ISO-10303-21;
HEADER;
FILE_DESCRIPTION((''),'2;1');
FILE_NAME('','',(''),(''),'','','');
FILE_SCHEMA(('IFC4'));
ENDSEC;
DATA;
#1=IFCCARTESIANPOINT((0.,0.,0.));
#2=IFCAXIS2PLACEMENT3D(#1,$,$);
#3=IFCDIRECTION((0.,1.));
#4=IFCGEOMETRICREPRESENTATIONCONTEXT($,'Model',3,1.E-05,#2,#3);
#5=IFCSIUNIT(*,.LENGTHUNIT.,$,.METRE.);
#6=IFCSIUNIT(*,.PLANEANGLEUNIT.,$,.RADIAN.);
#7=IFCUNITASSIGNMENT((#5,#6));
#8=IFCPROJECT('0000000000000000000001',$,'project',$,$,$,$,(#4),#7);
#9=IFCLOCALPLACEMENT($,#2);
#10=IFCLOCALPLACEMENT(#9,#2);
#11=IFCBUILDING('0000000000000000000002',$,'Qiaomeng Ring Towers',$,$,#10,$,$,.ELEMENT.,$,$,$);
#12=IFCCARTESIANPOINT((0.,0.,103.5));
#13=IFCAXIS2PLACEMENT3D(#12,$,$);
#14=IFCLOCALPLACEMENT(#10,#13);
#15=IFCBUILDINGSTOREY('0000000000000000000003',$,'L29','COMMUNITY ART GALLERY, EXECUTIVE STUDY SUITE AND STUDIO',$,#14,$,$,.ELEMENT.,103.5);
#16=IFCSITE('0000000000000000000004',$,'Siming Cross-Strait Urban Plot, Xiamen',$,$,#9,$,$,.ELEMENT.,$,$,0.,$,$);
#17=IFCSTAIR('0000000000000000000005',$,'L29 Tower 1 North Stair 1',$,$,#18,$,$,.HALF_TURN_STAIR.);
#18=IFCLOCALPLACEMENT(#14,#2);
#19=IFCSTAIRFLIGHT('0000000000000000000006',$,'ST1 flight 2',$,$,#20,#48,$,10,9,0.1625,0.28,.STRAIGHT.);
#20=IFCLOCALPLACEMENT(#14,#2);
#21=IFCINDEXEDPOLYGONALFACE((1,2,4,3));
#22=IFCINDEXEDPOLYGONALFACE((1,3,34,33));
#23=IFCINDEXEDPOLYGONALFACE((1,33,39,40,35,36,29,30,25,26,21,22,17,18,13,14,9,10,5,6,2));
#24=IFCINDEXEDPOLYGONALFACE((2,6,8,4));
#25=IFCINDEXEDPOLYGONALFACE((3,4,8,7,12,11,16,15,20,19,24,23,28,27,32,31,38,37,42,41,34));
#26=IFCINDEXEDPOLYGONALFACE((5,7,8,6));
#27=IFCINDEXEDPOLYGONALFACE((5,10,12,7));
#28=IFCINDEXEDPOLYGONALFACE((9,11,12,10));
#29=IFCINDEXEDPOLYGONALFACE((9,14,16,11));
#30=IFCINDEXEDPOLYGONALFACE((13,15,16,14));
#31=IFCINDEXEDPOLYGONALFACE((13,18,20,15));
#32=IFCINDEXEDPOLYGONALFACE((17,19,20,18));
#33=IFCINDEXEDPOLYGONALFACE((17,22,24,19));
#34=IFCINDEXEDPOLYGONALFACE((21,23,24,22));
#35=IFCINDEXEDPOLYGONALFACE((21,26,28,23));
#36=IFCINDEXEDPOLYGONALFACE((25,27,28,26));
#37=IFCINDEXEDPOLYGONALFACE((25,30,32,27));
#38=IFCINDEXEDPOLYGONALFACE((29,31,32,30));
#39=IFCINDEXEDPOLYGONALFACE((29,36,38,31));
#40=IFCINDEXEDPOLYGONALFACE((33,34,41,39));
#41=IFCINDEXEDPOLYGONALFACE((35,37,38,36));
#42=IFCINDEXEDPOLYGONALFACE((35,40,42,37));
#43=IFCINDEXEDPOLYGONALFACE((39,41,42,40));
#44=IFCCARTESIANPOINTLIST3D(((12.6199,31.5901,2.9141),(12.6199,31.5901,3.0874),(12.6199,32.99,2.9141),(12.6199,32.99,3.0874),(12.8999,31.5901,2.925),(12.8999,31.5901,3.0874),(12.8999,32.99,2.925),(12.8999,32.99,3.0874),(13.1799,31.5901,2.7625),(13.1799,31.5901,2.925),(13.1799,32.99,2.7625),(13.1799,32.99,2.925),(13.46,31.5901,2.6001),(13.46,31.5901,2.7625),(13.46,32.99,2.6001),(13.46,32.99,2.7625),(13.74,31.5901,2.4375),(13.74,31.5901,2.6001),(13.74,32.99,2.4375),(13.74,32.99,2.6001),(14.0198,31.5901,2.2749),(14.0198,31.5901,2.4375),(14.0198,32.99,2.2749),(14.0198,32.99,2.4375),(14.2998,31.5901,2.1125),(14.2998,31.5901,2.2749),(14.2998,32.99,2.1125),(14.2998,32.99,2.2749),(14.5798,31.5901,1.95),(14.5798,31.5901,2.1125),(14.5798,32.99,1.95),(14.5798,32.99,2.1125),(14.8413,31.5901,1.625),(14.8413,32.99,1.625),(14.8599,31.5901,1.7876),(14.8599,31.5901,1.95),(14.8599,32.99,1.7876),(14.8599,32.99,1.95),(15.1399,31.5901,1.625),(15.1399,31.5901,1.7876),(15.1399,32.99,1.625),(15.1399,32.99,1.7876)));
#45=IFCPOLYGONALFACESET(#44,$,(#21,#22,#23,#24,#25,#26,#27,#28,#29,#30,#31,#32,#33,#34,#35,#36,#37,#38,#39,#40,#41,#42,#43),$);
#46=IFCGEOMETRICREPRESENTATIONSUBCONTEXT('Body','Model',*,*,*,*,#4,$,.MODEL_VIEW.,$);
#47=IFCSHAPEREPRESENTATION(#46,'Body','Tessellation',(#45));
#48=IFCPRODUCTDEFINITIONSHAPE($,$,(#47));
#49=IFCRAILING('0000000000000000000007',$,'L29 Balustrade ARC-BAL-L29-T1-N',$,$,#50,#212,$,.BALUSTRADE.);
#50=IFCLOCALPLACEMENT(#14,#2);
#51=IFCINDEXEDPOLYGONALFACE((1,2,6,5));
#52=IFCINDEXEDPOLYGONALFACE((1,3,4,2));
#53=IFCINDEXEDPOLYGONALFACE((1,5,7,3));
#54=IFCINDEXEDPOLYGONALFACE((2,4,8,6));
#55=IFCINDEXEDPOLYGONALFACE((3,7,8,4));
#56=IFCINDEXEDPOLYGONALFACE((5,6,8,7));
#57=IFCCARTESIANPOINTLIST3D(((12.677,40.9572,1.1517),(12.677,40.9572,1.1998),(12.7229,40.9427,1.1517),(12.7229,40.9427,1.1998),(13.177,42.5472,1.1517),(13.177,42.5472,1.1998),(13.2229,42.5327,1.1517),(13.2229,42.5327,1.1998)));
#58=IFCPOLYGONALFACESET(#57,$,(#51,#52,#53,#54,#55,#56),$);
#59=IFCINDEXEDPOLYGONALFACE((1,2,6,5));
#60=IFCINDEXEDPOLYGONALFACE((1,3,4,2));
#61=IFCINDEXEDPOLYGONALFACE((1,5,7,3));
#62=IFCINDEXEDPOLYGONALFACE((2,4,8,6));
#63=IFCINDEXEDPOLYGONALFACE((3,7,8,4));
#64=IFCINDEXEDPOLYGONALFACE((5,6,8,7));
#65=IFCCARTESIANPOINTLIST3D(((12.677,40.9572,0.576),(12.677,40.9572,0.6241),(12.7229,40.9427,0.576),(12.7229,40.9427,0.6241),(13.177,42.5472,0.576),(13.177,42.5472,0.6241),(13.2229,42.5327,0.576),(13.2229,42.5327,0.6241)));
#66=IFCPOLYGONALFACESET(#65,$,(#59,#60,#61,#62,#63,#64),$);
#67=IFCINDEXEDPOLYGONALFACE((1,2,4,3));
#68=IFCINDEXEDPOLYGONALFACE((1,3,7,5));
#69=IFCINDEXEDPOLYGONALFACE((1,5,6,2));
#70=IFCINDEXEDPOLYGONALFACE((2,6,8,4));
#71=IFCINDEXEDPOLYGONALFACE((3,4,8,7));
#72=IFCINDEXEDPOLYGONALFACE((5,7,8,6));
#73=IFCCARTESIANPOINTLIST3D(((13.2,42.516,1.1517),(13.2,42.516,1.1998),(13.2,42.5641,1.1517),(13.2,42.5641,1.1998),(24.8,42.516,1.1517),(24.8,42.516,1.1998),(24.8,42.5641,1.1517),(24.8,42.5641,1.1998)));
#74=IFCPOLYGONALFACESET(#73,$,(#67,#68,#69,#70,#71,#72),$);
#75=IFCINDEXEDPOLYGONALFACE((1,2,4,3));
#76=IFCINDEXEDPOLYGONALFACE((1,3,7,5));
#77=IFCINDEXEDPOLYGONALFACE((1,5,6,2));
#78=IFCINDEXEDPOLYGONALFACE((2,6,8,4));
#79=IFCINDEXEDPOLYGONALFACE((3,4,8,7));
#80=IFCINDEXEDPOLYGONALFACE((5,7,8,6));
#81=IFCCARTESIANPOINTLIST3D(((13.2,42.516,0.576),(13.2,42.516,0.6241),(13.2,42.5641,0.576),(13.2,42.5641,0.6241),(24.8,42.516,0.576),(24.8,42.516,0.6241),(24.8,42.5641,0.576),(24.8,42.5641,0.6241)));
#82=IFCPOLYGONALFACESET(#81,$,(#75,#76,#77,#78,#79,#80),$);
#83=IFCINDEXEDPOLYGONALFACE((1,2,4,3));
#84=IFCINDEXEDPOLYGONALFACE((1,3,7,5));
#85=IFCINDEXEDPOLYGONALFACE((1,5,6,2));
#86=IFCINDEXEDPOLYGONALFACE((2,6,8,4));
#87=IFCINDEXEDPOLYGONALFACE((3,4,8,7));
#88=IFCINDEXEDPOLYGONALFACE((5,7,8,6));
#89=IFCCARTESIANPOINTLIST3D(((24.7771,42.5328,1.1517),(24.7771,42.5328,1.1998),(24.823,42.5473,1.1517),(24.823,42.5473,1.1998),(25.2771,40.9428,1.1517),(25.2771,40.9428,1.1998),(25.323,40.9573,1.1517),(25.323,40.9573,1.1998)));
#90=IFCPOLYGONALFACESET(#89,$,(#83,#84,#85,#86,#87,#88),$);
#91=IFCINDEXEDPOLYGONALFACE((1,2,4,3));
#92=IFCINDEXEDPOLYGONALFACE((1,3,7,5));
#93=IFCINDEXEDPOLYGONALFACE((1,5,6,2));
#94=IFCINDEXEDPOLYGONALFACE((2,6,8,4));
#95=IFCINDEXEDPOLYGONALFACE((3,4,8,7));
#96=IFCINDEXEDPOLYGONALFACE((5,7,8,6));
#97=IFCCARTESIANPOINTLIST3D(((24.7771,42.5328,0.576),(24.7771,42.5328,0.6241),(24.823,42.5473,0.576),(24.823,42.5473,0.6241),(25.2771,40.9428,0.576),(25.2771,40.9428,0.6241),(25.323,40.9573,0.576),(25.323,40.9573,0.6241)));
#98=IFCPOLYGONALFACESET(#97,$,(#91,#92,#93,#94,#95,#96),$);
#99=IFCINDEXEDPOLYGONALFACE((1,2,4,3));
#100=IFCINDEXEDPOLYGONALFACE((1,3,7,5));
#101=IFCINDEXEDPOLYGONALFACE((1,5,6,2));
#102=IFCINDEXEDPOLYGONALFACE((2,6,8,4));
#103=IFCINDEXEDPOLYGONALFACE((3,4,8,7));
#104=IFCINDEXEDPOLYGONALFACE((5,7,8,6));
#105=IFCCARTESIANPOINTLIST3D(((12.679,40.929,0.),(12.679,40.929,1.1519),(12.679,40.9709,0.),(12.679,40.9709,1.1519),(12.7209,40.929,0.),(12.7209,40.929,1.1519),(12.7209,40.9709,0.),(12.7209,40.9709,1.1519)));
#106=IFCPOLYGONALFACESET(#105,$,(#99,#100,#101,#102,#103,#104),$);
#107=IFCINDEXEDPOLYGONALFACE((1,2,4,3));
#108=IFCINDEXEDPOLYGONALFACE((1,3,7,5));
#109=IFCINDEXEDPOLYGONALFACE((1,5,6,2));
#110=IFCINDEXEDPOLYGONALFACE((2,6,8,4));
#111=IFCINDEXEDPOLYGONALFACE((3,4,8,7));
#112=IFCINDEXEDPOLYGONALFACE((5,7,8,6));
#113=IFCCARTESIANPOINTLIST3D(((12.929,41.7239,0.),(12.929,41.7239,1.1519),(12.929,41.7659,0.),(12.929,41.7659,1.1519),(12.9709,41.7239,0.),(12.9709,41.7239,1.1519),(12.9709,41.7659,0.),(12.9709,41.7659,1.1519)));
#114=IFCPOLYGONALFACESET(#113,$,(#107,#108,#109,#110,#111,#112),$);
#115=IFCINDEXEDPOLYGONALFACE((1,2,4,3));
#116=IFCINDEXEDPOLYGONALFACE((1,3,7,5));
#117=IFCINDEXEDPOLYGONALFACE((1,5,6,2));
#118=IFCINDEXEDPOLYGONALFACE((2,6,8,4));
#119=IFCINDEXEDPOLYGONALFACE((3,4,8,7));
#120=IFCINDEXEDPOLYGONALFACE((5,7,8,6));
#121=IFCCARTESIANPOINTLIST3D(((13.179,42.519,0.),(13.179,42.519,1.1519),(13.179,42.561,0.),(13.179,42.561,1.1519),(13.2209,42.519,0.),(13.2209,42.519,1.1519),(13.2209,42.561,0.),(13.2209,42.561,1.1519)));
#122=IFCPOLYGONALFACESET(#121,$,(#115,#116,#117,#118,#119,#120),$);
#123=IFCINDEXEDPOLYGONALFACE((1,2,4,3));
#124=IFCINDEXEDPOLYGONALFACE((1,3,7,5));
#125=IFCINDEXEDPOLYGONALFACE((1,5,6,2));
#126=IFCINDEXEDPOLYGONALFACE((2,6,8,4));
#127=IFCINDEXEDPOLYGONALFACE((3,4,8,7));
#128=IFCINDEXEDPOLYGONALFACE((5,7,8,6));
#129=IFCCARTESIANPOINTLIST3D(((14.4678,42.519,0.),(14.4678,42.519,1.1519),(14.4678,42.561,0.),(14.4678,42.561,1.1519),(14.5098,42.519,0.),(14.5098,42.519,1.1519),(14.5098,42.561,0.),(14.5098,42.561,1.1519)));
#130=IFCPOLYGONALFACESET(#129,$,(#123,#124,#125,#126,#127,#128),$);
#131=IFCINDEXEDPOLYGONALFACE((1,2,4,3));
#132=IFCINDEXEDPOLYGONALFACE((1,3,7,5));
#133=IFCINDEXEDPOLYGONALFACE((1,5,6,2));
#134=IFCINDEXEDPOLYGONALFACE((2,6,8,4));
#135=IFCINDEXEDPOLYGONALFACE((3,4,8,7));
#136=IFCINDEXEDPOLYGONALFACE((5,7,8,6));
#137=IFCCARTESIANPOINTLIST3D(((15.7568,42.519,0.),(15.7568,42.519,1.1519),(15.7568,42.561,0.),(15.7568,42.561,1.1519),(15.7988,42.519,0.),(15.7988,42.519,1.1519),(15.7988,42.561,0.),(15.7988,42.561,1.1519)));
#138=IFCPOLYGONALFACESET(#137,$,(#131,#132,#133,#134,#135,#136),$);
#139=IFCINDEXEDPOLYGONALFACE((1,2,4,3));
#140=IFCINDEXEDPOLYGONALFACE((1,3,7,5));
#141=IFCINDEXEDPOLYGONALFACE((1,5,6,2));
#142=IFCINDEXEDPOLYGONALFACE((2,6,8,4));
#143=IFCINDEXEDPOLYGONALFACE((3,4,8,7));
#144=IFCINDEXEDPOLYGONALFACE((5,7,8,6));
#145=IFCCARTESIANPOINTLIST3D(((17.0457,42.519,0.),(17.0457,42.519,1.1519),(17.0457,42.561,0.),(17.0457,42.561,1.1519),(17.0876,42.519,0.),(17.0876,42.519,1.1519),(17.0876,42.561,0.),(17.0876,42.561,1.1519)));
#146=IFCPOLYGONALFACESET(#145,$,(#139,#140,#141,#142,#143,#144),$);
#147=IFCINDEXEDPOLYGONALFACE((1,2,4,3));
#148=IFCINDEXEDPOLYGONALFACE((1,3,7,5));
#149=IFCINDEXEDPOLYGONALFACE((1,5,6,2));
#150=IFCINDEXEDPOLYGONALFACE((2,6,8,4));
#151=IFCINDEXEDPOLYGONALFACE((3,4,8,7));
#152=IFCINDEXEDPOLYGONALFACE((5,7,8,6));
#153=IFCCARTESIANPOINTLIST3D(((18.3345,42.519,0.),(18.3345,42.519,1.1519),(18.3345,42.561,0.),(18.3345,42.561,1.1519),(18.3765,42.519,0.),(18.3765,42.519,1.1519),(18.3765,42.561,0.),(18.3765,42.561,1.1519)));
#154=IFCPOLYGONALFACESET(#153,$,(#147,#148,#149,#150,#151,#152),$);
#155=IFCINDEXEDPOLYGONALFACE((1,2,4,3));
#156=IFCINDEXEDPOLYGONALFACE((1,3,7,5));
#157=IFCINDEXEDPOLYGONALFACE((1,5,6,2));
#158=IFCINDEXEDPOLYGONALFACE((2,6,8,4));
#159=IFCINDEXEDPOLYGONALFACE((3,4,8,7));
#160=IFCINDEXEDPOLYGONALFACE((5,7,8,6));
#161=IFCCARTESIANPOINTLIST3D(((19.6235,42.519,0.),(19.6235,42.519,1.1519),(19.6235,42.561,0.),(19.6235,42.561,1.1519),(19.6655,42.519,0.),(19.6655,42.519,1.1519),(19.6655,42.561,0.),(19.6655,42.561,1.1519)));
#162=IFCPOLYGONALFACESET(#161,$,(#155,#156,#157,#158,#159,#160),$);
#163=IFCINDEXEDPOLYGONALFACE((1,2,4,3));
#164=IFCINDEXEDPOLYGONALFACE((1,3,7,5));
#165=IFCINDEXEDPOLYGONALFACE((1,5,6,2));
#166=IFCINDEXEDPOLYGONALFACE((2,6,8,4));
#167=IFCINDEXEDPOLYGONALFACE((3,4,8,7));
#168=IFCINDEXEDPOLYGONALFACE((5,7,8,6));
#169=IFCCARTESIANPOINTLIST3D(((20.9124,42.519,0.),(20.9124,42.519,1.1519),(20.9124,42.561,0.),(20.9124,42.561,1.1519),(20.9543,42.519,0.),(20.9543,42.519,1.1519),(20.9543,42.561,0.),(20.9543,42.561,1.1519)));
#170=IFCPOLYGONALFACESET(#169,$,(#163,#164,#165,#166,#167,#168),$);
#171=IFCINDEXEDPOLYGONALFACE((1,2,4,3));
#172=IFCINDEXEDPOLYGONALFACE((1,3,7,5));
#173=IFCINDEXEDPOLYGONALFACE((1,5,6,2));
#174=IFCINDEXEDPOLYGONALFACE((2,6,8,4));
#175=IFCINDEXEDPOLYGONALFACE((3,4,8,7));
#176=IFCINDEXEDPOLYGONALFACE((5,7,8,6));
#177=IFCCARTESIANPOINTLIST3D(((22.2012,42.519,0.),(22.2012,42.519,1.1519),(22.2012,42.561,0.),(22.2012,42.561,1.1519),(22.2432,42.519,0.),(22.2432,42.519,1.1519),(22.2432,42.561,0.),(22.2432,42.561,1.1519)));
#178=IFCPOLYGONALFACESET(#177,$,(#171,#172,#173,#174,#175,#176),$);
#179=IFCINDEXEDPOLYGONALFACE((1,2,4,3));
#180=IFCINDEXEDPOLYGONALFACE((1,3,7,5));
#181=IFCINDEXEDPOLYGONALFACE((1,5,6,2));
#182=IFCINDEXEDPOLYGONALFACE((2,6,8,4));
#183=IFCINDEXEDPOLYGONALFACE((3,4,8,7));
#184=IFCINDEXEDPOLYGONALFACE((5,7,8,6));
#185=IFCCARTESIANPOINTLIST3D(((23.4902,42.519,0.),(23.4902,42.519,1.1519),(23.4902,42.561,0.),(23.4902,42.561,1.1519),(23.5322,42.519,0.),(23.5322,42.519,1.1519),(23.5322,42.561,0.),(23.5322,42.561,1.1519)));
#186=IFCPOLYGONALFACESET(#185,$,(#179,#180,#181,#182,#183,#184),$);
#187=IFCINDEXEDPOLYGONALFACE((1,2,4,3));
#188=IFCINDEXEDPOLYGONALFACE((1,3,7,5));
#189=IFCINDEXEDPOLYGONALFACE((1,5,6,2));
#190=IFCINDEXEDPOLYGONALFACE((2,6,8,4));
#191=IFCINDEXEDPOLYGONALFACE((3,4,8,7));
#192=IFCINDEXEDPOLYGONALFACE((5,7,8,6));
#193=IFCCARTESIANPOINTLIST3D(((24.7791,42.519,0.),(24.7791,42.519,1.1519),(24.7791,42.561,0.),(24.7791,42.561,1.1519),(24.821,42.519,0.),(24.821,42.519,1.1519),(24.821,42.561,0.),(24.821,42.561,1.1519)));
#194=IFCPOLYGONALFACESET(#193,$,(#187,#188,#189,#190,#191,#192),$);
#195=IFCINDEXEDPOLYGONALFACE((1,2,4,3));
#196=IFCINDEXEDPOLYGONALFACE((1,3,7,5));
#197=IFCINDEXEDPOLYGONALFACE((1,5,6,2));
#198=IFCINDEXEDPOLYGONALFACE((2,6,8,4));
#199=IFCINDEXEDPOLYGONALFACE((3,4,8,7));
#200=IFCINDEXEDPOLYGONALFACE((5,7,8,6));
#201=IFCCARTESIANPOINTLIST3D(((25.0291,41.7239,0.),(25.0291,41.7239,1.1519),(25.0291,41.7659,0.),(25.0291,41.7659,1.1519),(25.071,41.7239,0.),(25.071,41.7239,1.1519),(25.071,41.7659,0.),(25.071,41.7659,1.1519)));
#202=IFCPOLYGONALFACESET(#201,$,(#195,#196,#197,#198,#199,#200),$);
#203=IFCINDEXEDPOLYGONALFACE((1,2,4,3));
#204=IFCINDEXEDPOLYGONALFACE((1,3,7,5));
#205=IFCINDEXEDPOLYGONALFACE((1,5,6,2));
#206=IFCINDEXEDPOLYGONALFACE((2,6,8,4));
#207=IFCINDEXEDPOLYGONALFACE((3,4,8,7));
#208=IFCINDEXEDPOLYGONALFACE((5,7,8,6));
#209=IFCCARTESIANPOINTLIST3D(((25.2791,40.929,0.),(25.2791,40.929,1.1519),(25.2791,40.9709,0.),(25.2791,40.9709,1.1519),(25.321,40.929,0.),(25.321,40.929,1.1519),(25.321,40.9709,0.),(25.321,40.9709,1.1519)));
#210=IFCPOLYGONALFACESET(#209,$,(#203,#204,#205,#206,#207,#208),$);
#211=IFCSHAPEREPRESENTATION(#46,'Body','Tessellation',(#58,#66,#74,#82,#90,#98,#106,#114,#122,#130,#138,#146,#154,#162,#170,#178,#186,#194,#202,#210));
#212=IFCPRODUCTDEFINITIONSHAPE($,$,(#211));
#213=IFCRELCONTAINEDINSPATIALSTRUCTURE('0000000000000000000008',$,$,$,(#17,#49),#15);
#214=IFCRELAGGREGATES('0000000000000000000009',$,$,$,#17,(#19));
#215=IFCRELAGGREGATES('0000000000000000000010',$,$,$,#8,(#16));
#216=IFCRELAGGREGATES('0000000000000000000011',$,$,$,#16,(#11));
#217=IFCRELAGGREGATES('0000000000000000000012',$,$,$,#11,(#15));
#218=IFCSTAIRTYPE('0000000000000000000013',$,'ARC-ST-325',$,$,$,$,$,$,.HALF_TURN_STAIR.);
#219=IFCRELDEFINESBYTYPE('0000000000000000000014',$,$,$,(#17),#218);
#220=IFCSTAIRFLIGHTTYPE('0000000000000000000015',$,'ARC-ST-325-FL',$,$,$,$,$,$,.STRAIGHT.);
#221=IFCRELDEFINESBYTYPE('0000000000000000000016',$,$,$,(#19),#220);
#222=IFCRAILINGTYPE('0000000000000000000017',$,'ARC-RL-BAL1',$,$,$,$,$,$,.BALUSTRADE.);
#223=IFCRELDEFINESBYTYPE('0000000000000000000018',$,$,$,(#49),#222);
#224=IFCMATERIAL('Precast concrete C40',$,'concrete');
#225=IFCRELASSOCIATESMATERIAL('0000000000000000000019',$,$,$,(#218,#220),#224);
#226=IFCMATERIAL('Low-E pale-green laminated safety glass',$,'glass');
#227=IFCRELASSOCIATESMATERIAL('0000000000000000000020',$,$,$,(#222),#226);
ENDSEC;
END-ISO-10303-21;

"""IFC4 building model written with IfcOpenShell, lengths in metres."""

from ifc_helpers import new_model, si_unit, direction, frame, origin, origin_2d, place, context, subcontext, project, spatial, polyline, rectangle, outline, extrude, source, transform, mapped, material, type_object, element, aggregate, save


model = new_model("IFC4")

# Units and contexts
model_context = context("Model", 3, precision=1e-05, world=origin(), true_north=direction((0.0, 1.0)))
body_context = subcontext(model_context, "Body", "Model", "MODEL_VIEW")
ifc_project = project(units=[si_unit("LENGTHUNIT", "METRE"), si_unit("PLANEANGLEUNIT", "RADIAN")], contexts=[model_context])

# Site, building, storey
site_placement = place(None, origin())
site = spatial("IfcSite", under=ifc_project, at=site_placement, Name="Siming Cross-Strait Urban Plot, Xiamen", CompositionType="ELEMENT", RefElevation=0.0)
building_placement = place(site_placement, origin())
building = spatial("IfcBuilding", under=site, at=building_placement, Name="Qiaomeng Ring Towers", CompositionType="ELEMENT")
storey_placement = place(building_placement, frame((0.0, 0.0, 103.5)))
storey = spatial("IfcBuildingStorey", under=building, at=storey_placement, Name="L29", Description="COMMUNITY ART GALLERY, EXECUTIVE STUDY SUITE AND STUDIO", CompositionType="ELEMENT", Elevation=103.5)

# Stair, stair flight
ifc_material_1 = material(Name="Precast concrete C40", Category="concrete")
stair_type = type_object("IfcStairType", Name="ARC-ST-325", PredefinedType="HALF_TURN_STAIR", material=ifc_material_1)
stair_placement = place(storey_placement, origin())
stair = element("IfcStair", 1, at=stair_placement, inside=storey, type_object=stair_type, Name="L29 Tower 1 North Stair 1", PredefinedType="HALF_TURN_STAIR")
stair_flight_type = type_object("IfcStairFlightType", Name="ARC-ST-325-FL", PredefinedType="STRAIGHT", material=ifc_material_1)
shared_shape_1 = source(origin(), body_context, "Body", "SweptSolid", [
    extrude(outline(polyline([(0.0, 0.0), (0.0, 0.1626), (0.28, 0.1626), (0.28, 0.325), (0.5601, 0.325), (0.5601, 0.4875), (0.8401, 0.4875), (0.8401, 0.6499), (1.1201, 0.6499), (1.1201, 0.8125), (1.3999, 0.8125), (1.3999, 0.9751), (1.6799, 0.9751), (1.6799, 1.1375), (1.96, 1.1375), (1.96, 1.3), (2.24, 1.3), (2.24, 1.4624), (2.52, 1.4624), (2.52, 1.625), (2.52, 1.2891), (0.2986, 0.0), (0.0, 0.0)])), frame((0.0, 0.7, 0.0), z_axis=(0.0, -1.0, 0.0), x_axis=(1.0, 0.0, 0.0)), (0.0, 0.0, 1.0), 1.3999),
])
stair_flight_placement = place(storey_placement, frame((15.1399, 32.29, 1.625), z_axis=(0.0, 0.0, 1.0), x_axis=(-1.0, 0.0, 0.0)))
stair_flight = element("IfcStairFlight", 2, at=stair_flight_placement, type_object=stair_flight_type, Name="ST1 flight 2", NumberOfRisers=10, NumberOfTreads=9, PredefinedType="STRAIGHT", RiserHeight=0.1625, TreadLength=0.28, context=body_context, shape_type="MappedRepresentation", body=[
    mapped(shared_shape_1, transform((0.0, 0.0, 0.0), x_axis=(1.0, 0.0, 0.0), y_axis=(0.0, 1.0, 0.0), z_axis=(0.0, 0.0, 1.0), scale=1.0)),
])
aggregate(stair, [stair_flight])

# Railing
ifc_material_2 = material(Name="Low-E pale-green laminated safety glass", Category="glass")
railing_type_1 = type_object("IfcRailingType", Name="ARC-RL-BAL1", PredefinedType="BALUSTRADE", material=ifc_material_2)
railing_1_placement = place(storey_placement, frame((12.7, 40.95, 0.0)))
element("IfcRailing", 3, at=railing_1_placement, inside=storey, type_object=railing_type_1, Name="L29 Balustrade ARC-BAL-L29-T1-N", PredefinedType="BALUSTRADE", context=body_context, shape_type="SweptSolid", body=[
    extrude(rectangle(XDim=0.0481, YDim=0.0481, at=origin_2d()), frame((0.0, 0.0, 1.1758), z_axis=(0.299968, 0.953949, 0.0), x_axis=(-0.953949, 0.299968, 0.0)), (0.0, 0.0, 1.0), 1.6667),
    extrude(rectangle(XDim=0.0481, YDim=0.0481, at=origin_2d()), frame((0.0, 0.0, 0.6001), z_axis=(0.299968, 0.953949, 0.0), x_axis=(-0.953949, 0.299968, 0.0)), (0.0, 0.0, 1.0), 1.6667),
    extrude(rectangle(XDim=0.0481, YDim=0.0481, at=origin_2d()), frame((0.5, 1.5901, 1.1758), z_axis=(1.0, 0.0, 0.0), x_axis=(0.0, 1.0, 0.0)), (0.0, 0.0, 1.0), 11.6001),
    extrude(rectangle(XDim=0.0481, YDim=0.0481, at=origin_2d()), frame((0.5, 1.5901, 0.6001), z_axis=(1.0, 0.0, 0.0), x_axis=(0.0, 1.0, 0.0)), (0.0, 0.0, 1.0), 11.6001),
    extrude(rectangle(XDim=0.0481, YDim=0.0481, at=origin_2d()), frame((12.1001, 1.5901, 1.1758), z_axis=(0.299968, -0.953949, 0.0), x_axis=(0.953949, 0.299968, 0.0)), (0.0, 0.0, 1.0), 1.6667),
    extrude(rectangle(XDim=0.0481, YDim=0.0481, at=origin_2d()), frame((12.1001, 1.5901, 0.6001), z_axis=(0.299968, -0.953949, 0.0), x_axis=(0.953949, 0.299968, 0.0)), (0.0, 0.0, 1.0), 1.6667),
    extrude(rectangle(XDim=0.042, YDim=0.042, at=origin_2d()), origin(), (0.0, 0.0, 1.0), 1.1519),
    extrude(rectangle(XDim=0.042, YDim=0.042, at=origin_2d()), frame((0.25, 0.7949, 0.0)), (0.0, 0.0, 1.0), 1.1519),
    extrude(rectangle(XDim=0.042, YDim=0.042, at=origin_2d()), frame((0.5, 1.5901, 0.0)), (0.0, 0.0, 1.0), 1.1519),
    extrude(rectangle(XDim=0.042, YDim=0.042, at=origin_2d()), frame((1.7888, 1.5901, 0.0)), (0.0, 0.0, 1.0), 1.1519),
    extrude(rectangle(XDim=0.042, YDim=0.042, at=origin_2d()), frame((3.0779, 1.5901, 0.0)), (0.0, 0.0, 1.0), 1.1519),
    extrude(rectangle(XDim=0.042, YDim=0.042, at=origin_2d()), frame((4.3667, 1.5901, 0.0)), (0.0, 0.0, 1.0), 1.1519),
    extrude(rectangle(XDim=0.042, YDim=0.042, at=origin_2d()), frame((5.6555, 1.5901, 0.0)), (0.0, 0.0, 1.0), 1.1519),
    extrude(rectangle(XDim=0.042, YDim=0.042, at=origin_2d()), frame((6.9446, 1.5901, 0.0)), (0.0, 0.0, 1.0), 1.1519),
    extrude(rectangle(XDim=0.042, YDim=0.042, at=origin_2d()), frame((8.2334, 1.5901, 0.0)), (0.0, 0.0, 1.0), 1.1519),
    extrude(rectangle(XDim=0.042, YDim=0.042, at=origin_2d()), frame((9.5222, 1.5901, 0.0)), (0.0, 0.0, 1.0), 1.1519),
    extrude(rectangle(XDim=0.042, YDim=0.042, at=origin_2d()), frame((10.8113, 1.5901, 0.0)), (0.0, 0.0, 1.0), 1.1519),
    extrude(rectangle(XDim=0.042, YDim=0.042, at=origin_2d()), frame((12.1001, 1.5901, 0.0)), (0.0, 0.0, 1.0), 1.1519),
    extrude(rectangle(XDim=0.042, YDim=0.042, at=origin_2d()), frame((12.3501, 0.7949, 0.0)), (0.0, 0.0, 1.0), 1.1519),
    extrude(rectangle(XDim=0.042, YDim=0.042, at=origin_2d()), frame((12.6001, 0.0, 0.0)), (0.0, 0.0, 1.0), 1.1519),
])

save(model, "model.ifc")
